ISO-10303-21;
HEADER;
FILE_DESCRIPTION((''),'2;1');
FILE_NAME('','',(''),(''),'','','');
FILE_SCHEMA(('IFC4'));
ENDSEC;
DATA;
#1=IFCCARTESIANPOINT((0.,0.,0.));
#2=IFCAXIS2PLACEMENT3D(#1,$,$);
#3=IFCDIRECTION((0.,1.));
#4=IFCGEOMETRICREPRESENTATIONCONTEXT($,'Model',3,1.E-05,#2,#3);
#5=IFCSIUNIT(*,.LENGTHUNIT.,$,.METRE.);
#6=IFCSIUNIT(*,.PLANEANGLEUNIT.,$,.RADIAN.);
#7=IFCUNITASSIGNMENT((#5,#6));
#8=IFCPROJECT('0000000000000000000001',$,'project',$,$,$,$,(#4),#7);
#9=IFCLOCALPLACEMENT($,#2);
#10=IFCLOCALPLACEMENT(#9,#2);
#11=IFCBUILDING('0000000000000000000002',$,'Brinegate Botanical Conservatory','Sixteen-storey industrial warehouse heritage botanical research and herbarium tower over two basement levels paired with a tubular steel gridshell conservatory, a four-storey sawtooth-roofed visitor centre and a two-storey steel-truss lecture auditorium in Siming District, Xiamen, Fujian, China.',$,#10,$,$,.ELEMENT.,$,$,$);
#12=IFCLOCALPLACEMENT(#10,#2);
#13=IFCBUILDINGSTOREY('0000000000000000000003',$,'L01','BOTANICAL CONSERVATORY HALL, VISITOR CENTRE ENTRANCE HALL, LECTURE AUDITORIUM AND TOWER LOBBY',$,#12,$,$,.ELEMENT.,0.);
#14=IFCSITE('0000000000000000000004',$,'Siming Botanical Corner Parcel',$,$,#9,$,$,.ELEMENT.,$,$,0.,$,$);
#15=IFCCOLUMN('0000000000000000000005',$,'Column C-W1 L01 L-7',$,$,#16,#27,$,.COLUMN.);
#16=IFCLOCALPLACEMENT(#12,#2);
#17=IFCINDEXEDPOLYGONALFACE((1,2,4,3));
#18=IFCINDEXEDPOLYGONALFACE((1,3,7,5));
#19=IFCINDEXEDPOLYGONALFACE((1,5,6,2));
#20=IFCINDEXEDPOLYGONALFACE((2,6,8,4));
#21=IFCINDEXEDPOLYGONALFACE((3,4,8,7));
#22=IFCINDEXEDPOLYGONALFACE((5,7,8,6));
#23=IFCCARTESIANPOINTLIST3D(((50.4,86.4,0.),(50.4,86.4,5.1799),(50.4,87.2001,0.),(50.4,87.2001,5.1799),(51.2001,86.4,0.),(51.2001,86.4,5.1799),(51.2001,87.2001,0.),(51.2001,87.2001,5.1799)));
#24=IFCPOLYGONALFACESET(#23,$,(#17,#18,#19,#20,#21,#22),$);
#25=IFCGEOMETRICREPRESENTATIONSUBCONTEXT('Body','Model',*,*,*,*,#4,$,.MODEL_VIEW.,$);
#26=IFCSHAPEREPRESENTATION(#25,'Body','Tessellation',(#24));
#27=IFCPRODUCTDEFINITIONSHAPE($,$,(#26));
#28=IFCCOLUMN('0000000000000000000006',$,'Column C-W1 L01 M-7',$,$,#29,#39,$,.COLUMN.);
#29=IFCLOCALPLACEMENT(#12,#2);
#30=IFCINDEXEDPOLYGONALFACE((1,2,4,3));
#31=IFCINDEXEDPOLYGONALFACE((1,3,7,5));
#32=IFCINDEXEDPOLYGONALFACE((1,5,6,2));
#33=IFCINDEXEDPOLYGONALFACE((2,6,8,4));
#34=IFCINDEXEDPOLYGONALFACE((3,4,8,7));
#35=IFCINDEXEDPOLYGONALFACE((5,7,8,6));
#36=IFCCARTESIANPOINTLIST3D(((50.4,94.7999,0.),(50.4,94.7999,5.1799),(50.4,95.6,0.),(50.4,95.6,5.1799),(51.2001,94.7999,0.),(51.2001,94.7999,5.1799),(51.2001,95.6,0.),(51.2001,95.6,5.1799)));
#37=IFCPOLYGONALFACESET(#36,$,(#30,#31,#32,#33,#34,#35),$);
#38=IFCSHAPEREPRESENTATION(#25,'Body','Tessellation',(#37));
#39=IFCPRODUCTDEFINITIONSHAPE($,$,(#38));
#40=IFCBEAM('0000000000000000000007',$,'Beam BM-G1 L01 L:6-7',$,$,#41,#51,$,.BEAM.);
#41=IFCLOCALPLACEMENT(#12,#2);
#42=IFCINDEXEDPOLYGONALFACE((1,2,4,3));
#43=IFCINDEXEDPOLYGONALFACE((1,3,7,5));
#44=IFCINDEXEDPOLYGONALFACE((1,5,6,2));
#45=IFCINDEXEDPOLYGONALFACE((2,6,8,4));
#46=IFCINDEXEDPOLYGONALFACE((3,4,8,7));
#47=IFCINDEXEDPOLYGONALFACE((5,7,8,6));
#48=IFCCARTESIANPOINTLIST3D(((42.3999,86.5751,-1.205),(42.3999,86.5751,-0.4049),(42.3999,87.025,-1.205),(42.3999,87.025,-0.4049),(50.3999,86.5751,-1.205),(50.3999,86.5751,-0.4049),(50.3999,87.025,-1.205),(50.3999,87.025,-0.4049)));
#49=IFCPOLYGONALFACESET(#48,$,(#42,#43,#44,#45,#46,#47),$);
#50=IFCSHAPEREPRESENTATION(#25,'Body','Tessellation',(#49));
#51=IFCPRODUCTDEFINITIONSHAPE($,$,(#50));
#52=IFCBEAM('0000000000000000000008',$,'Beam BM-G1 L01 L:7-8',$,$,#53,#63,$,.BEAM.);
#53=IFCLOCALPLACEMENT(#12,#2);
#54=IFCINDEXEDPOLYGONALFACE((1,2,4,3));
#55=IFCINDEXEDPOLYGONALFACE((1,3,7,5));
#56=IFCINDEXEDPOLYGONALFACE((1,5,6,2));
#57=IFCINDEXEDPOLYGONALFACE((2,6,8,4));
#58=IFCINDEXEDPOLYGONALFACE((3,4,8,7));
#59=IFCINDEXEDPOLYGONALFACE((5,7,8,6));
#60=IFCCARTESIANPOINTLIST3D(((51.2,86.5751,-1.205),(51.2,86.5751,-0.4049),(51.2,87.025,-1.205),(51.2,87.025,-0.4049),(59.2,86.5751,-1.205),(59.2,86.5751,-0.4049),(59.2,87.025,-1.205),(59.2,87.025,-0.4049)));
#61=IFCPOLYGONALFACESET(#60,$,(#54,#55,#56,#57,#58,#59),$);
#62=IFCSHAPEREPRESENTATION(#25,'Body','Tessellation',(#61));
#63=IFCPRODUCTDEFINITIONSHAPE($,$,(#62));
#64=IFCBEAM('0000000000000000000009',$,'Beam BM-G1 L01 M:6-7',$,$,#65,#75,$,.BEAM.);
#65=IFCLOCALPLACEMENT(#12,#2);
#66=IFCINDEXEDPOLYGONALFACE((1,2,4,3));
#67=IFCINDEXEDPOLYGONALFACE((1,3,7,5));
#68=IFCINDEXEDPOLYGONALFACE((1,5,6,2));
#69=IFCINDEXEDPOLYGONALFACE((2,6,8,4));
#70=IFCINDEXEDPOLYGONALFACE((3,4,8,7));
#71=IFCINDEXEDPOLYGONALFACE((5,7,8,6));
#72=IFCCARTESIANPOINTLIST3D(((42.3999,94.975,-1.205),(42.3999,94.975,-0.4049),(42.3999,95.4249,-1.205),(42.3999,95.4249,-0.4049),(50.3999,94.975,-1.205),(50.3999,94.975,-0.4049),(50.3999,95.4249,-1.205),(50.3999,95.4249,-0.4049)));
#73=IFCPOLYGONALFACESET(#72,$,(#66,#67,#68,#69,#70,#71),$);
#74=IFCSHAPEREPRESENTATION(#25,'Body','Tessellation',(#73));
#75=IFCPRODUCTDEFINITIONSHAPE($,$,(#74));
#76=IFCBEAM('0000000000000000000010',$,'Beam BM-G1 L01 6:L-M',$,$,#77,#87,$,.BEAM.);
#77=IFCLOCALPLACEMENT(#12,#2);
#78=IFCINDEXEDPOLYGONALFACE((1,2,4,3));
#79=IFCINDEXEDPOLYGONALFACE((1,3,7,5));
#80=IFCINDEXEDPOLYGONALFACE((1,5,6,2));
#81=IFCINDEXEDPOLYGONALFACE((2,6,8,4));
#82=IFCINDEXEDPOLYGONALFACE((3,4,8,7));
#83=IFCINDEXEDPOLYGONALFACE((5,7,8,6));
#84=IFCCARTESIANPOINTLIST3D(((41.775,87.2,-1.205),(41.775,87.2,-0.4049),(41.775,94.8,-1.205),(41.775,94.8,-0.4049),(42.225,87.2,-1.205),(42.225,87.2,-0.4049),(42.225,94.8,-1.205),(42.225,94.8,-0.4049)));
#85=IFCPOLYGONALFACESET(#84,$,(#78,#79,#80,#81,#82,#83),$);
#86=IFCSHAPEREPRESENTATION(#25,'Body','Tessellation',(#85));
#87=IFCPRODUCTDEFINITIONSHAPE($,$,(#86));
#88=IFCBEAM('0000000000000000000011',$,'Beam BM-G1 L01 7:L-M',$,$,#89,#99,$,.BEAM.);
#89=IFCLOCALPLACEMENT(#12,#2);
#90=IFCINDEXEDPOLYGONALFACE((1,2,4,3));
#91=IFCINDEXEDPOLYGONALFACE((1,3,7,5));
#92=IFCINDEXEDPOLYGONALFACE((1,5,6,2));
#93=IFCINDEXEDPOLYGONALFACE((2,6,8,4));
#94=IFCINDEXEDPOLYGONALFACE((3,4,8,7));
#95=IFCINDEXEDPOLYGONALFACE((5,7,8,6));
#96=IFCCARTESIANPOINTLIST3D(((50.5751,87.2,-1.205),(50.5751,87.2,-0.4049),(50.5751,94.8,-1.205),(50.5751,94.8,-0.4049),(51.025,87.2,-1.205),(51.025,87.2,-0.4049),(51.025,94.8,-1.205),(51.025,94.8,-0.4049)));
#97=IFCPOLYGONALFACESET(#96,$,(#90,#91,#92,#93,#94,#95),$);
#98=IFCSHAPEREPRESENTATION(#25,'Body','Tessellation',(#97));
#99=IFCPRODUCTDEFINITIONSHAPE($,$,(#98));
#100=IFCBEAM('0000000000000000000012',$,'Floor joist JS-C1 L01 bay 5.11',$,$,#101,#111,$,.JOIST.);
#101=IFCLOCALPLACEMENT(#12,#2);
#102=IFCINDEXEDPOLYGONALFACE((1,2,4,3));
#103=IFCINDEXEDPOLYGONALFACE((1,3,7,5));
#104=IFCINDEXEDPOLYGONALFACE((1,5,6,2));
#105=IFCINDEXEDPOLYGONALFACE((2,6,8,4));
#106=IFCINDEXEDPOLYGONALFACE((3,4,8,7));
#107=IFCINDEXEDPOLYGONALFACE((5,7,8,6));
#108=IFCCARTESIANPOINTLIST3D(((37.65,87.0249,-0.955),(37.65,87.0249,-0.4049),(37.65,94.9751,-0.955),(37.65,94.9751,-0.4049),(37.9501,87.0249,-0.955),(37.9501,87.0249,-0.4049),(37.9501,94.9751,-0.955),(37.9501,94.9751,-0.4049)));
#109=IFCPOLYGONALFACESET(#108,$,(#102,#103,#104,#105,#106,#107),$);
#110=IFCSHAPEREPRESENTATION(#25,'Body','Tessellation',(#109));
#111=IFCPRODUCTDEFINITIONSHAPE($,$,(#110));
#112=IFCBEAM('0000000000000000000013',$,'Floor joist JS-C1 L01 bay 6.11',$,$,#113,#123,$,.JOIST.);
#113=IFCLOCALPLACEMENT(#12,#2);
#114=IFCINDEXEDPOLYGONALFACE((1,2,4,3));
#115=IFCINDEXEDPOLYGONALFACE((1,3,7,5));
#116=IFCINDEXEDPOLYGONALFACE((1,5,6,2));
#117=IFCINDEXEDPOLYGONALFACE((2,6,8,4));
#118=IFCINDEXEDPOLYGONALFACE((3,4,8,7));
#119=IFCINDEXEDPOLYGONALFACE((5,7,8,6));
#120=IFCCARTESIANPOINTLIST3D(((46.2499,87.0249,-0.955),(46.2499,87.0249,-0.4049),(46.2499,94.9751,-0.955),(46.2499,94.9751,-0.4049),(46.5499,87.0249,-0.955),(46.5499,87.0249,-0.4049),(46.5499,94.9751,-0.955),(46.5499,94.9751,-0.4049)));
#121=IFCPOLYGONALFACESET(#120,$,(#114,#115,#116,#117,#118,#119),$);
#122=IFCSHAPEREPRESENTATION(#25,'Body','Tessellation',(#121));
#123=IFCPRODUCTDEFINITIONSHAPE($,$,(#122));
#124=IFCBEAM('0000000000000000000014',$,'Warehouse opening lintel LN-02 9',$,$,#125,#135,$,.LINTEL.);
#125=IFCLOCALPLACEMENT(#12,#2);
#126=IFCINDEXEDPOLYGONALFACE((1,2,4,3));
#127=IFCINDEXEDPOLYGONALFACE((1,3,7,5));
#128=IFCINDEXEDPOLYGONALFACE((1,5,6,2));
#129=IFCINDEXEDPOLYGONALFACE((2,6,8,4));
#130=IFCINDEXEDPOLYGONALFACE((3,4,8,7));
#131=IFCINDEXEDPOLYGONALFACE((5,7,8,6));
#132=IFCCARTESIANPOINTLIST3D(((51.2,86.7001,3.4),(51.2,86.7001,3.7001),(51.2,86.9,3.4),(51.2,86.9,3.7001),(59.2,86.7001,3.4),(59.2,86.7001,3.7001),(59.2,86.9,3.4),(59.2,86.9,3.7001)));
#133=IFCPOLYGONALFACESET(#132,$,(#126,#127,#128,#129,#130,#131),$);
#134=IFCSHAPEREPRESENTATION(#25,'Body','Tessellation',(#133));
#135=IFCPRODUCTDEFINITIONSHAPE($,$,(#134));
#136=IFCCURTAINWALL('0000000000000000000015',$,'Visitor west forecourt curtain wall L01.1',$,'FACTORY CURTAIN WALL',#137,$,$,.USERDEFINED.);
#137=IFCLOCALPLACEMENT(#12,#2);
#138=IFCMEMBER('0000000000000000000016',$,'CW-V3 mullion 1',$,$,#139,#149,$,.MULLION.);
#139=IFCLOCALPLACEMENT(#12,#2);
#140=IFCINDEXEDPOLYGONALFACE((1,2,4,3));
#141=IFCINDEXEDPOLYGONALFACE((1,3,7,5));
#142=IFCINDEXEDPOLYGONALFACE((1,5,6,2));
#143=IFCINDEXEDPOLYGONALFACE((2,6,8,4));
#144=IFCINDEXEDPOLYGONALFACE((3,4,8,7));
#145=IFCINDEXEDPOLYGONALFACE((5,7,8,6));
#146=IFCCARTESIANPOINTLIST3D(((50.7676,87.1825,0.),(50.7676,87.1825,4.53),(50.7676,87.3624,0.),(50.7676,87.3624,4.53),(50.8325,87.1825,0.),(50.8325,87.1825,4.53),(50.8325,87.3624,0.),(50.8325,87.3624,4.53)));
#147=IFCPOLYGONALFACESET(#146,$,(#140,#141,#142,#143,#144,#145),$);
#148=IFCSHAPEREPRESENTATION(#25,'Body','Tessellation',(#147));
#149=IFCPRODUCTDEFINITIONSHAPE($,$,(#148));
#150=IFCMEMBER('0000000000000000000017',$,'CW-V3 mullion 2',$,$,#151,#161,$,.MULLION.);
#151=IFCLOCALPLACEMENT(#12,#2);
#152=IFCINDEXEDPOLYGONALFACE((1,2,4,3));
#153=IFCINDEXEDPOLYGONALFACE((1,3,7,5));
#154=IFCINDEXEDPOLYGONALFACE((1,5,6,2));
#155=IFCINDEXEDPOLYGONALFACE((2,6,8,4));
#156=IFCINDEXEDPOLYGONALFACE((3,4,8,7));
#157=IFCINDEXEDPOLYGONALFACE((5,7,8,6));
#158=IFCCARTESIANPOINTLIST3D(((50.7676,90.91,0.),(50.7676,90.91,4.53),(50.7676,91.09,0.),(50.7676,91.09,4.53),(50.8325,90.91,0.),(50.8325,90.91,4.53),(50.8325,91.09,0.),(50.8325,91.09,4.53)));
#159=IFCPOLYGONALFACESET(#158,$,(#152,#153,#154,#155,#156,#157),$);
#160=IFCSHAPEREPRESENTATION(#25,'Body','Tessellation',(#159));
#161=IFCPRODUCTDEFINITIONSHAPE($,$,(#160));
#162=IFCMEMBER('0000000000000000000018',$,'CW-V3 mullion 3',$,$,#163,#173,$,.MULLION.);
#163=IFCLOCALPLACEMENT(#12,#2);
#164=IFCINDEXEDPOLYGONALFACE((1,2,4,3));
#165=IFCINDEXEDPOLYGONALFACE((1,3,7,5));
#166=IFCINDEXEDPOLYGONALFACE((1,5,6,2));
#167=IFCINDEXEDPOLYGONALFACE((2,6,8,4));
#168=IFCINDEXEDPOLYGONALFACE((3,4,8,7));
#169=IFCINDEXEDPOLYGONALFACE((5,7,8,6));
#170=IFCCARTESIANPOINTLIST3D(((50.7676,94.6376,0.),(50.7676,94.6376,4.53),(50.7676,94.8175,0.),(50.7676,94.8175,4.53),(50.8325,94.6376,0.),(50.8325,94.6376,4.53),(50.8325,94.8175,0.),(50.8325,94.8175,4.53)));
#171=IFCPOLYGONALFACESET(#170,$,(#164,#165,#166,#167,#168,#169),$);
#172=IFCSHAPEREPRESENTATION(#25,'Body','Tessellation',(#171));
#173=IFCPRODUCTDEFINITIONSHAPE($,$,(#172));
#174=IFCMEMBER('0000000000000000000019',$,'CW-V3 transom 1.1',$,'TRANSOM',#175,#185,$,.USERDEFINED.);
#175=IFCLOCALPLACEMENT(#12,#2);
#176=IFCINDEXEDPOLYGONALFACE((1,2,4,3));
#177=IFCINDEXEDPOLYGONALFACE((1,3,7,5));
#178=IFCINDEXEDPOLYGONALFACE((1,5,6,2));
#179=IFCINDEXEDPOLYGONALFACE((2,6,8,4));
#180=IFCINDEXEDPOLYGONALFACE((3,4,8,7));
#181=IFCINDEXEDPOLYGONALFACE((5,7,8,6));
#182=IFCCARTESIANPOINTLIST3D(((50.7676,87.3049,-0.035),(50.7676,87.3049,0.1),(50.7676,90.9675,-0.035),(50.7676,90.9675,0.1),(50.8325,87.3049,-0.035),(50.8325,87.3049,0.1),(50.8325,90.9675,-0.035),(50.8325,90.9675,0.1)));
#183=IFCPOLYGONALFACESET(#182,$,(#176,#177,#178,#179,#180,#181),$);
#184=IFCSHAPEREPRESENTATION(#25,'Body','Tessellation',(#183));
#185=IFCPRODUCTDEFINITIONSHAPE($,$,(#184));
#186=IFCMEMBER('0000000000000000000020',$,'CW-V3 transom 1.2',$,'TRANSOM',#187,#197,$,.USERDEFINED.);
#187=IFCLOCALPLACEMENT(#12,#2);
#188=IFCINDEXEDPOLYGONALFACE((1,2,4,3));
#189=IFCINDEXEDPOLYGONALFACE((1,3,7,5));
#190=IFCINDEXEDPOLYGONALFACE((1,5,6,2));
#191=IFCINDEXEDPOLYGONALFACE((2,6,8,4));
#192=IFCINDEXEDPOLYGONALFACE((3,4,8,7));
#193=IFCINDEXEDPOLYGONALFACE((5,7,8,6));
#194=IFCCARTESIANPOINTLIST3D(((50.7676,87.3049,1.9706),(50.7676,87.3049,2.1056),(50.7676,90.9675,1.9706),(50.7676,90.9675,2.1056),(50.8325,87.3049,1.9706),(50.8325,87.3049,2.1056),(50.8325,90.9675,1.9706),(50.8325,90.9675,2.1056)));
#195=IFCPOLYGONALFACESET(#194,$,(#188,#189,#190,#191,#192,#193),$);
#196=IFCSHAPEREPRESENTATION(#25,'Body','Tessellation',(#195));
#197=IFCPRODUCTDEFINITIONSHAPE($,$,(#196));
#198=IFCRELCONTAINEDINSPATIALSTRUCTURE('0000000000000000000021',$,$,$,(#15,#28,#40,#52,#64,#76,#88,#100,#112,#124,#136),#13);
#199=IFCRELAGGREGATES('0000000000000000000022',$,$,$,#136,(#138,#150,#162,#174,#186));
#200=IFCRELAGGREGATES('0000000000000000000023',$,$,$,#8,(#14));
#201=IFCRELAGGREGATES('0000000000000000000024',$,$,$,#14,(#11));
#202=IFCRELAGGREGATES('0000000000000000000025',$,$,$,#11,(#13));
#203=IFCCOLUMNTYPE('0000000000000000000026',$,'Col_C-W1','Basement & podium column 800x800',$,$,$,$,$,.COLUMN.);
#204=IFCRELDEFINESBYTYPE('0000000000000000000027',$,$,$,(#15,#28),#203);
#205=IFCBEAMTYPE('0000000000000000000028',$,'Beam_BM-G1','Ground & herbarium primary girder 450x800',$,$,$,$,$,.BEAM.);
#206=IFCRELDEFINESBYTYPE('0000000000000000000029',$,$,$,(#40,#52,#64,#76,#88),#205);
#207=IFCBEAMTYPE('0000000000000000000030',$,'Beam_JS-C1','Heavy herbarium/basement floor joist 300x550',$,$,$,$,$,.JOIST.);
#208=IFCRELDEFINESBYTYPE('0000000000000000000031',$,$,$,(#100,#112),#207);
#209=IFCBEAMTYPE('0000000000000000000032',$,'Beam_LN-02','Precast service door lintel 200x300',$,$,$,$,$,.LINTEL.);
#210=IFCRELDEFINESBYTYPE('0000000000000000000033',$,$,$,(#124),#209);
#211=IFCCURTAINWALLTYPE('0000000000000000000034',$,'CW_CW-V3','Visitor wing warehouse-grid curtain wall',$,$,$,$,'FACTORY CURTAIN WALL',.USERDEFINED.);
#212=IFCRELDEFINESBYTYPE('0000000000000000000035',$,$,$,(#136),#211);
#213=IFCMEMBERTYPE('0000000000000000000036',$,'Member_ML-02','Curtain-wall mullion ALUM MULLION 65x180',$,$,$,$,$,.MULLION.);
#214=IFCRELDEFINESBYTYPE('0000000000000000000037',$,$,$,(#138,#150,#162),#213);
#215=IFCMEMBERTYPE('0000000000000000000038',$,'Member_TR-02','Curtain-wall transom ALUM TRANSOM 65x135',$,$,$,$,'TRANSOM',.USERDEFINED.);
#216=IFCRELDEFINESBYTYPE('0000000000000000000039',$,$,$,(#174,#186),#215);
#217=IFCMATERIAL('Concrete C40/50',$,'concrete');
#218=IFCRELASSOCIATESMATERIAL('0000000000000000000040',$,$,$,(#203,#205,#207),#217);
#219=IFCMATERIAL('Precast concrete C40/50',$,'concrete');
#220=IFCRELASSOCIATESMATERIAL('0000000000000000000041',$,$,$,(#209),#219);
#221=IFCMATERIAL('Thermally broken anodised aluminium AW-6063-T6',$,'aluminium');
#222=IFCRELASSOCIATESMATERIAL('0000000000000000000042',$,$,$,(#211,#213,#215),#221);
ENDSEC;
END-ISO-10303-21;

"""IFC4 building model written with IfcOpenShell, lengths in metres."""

from ifc_helpers import new_model, si_unit, direction, frame, origin, origin_2d, place, context, subcontext, project, spatial, rectangle, extrude, material, material_profile, profile_set, type_object, element, aggregate, save


model = new_model("IFC4")

# Units and contexts
model_context = context("Model", 3, precision=1e-05, world=origin(), true_north=direction((0.0, 1.0)))
body_context = subcontext(model_context, "Body", "Model", "MODEL_VIEW")
ifc_project = project(units=[si_unit("LENGTHUNIT", "METRE"), si_unit("PLANEANGLEUNIT", "RADIAN")], contexts=[model_context])

# Site, building, storey
site_placement = place(None, origin())
site = spatial("IfcSite", under=ifc_project, at=site_placement, Name="Siming Botanical Corner Parcel", CompositionType="ELEMENT", RefElevation=0.0)
building_placement = place(site_placement, origin())
building = spatial("IfcBuilding", under=site, at=building_placement, Name="Brinegate Botanical Conservatory", Description="Sixteen-storey industrial warehouse heritage botanical research and herbarium tower over two basement levels paired with a tubular steel gridshell conservatory, a four-storey sawtooth-roofed visitor centre and a two-storey steel-truss lecture auditorium in Siming District, Xiamen, Fujian, China.", CompositionType="ELEMENT")
storey_placement = place(building_placement, origin())
storey = spatial("IfcBuildingStorey", under=building, at=storey_placement, Name="L01", Description="BOTANICAL CONSERVATORY HALL, VISITOR CENTRE ENTRANCE HALL, LECTURE AUDITORIUM AND TOWER LOBBY", CompositionType="ELEMENT", Elevation=0.0)

# Columns
ifc_material_1 = material(Name="Concrete C40/50", Category="concrete")
ifc_material_profile_1 = material_profile(ifc_material_1, rectangle(XDim=0.8, YDim=0.8, at=origin_2d()), Name="RC COL 800x800")
ifc_profile_set_1 = profile_set([ifc_material_profile_1], Name="Concrete C40/50")
column_type = type_object("IfcColumnType", Name="Col_C-W1", Description="Basement & podium column 800x800", PredefinedType="COLUMN", material=ifc_profile_set_1)
for number, where, z_axis, x_axis, name in (
    (1, (50.8, 86.8, 0.0), (0.0, 0.0, 1.0), (1.0, 0.0, 0.0), "Column C-W1 L01 L-7"),
    (2, (50.8, 95.2, 0.0), (0.0, 0.0, 1.0), (1.0, 0.0, 0.0), "Column C-W1 L01 M-7"),
):
    element("IfcColumn", number, at=place(storey_placement, frame(where, z_axis=z_axis, x_axis=x_axis)), inside=storey, type_object=column_type, Name=name, PredefinedType="COLUMN", context=body_context, shape_type="SweptSolid", body=[
        extrude(rectangle(XDim=0.8, YDim=0.8, at=origin_2d()), origin(), (0.0, 0.0, 1.0), 5.1799),
    ])

# Beams
ifc_material_profile_2 = material_profile(ifc_material_1, rectangle(XDim=0.45, YDim=0.8, at=origin_2d()), Name="RC BM 450x800")
ifc_profile_set_2 = profile_set([ifc_material_profile_2], Name="Concrete C40/50")
beam_type_1 = type_object("IfcBeamType", Name="Beam_BM-G1", Description="Ground & herbarium primary girder 450x800", PredefinedType="BEAM", material=ifc_profile_set_2)
for number, where, z_axis, x_axis, name in (
    (3, (42.3999, 86.8, -0.8049), (1.0, 0.0, 0.0), (0.0, 1.0, 0.0), "Beam BM-G1 L01 L:6-7"),
    (4, (51.2, 86.8, -0.8049), (1.0, 0.0, 0.0), (0.0, 1.0, 0.0), "Beam BM-G1 L01 L:7-8"),
    (5, (42.3999, 95.2, -0.8049), (1.0, 0.0, 0.0), (0.0, 1.0, 0.0), "Beam BM-G1 L01 M:6-7"),
):
    element("IfcBeam", number, at=place(storey_placement, frame(where, z_axis=z_axis, x_axis=x_axis)), inside=storey, type_object=beam_type_1, Name=name, PredefinedType="BEAM", context=body_context, shape_type="SweptSolid", body=[
        extrude(rectangle(XDim=0.45, YDim=0.8, at=origin_2d()), origin(), (0.0, 0.0, 1.0), 8.0),
    ])
for number, where, z_axis, x_axis, name in (
    (6, (42.0, 87.2, -0.8049), (0.0, 1.0, 0.0), (-1.0, 0.0, 0.0), "Beam BM-G1 L01 6:L-M"),
    (7, (50.8, 87.2, -0.8049), (0.0, 1.0, 0.0), (-1.0, 0.0, 0.0), "Beam BM-G1 L01 7:L-M"),
):
    element("IfcBeam", number, at=place(storey_placement, frame(where, z_axis=z_axis, x_axis=x_axis)), inside=storey, type_object=beam_type_1, Name=name, PredefinedType="BEAM", context=body_context, shape_type="SweptSolid", body=[
        extrude(rectangle(XDim=0.45, YDim=0.8, at=origin_2d()), origin(), (0.0, 0.0, 1.0), 7.6001),
    ])
ifc_material_profile_3 = material_profile(ifc_material_1, rectangle(XDim=0.3, YDim=0.55, at=origin_2d()), Name="RC JST 300x550")
ifc_profile_set_3 = profile_set([ifc_material_profile_3], Name="Concrete C40/50")
beam_type_2 = type_object("IfcBeamType", Name="Beam_JS-C1", Description="Heavy herbarium/basement floor joist 300x550", PredefinedType="JOIST", material=ifc_profile_set_3)
for number, where, z_axis, x_axis, name in (
    (8, (37.8, 87.0249, -0.6799), (0.0, 1.0, 0.0), (-1.0, 0.0, 0.0), "Floor joist JS-C1 L01 bay 5.11"),
    (9, (46.3999, 87.0249, -0.6799), (0.0, 1.0, 0.0), (-1.0, 0.0, 0.0), "Floor joist JS-C1 L01 bay 6.11"),
):
    element("IfcBeam", number, at=place(storey_placement, frame(where, z_axis=z_axis, x_axis=x_axis)), inside=storey, type_object=beam_type_2, Name=name, PredefinedType="JOIST", context=body_context, shape_type="SweptSolid", body=[
        extrude(rectangle(XDim=0.3, YDim=0.55, at=origin_2d()), origin(), (0.0, 0.0, 1.0), 7.9502),
    ])
ifc_material_2 = material(Name="Precast concrete C40/50", Category="concrete")
ifc_material_profile_4 = material_profile(ifc_material_2, rectangle(XDim=0.2, YDim=0.3, at=origin_2d()), Name="RC LNT 200x300")
ifc_profile_set_4 = profile_set([ifc_material_profile_4], Name="Precast concrete C40/50")
beam_type_3 = type_object("IfcBeamType", Name="Beam_LN-02", Description="Precast service door lintel 200x300", PredefinedType="LINTEL", material=ifc_profile_set_4)
beam_placement = place(storey_placement, frame((51.2, 86.8, 3.55), z_axis=(1.0, 0.0, 0.0), x_axis=(0.0, 1.0, 0.0)))
element("IfcBeam", 10, at=beam_placement, inside=storey, type_object=beam_type_3, Name="Warehouse opening lintel LN-02 9", PredefinedType="LINTEL", context=body_context, shape_type="SweptSolid", body=[
    extrude(rectangle(XDim=0.2, YDim=0.3, at=origin_2d()), origin(), (0.0, 0.0, 1.0), 8.0),
])

# Curtain wall, members
ifc_material_3 = material(Name="Thermally broken anodised aluminium AW-6063-T6", Category="aluminium")
curtain_wall_type = type_object("IfcCurtainWallType", Name="CW_CW-V3", Description="Visitor wing warehouse-grid curtain wall", ElementType="FACTORY CURTAIN WALL", PredefinedType="USERDEFINED", material=ifc_material_3)
curtain_wall_placement = place(storey_placement, origin())
curtain_wall = element("IfcCurtainWall", 11, at=curtain_wall_placement, inside=storey, type_object=curtain_wall_type, Name="Visitor west forecourt curtain wall L01.1", ObjectType="FACTORY CURTAIN WALL", PredefinedType="USERDEFINED")
ifc_material_profile_5 = material_profile(ifc_material_3, rectangle(XDim=0.0649, YDim=0.1799, at=origin_2d()), Name="ALUM MULLION 65x180")
ifc_profile_set_5 = profile_set([ifc_material_profile_5], Name="Thermally broken anodised aluminium AW-6063-T6")
member_type_1 = type_object("IfcMemberType", Name="Member_ML-02", Description="Curtain-wall mullion ALUM MULLION 65x180", PredefinedType="MULLION", material=ifc_profile_set_5)
member_1_placement = place(storey_placement, frame((50.8, 87.2725, 0.0), z_axis=(0.0, 0.0, 1.0), x_axis=(-1.0, 0.0, 0.0)))
member_1 = element("IfcMember", 12, at=member_1_placement, type_object=member_type_1, Name="CW-V3 mullion 1", PredefinedType="MULLION", context=body_context, shape_type="SweptSolid", body=[
    extrude(rectangle(XDim=0.0649, YDim=0.1799, at=origin_2d()), origin(), (0.0, 0.0, 1.0), 4.53),
])
member_2_placement = place(storey_placement, frame((50.8, 91.0, 0.0), z_axis=(0.0, 0.0, 1.0), x_axis=(-1.0, 0.0, 0.0)))
member_2 = element("IfcMember", 13, at=member_2_placement, type_object=member_type_1, Name="CW-V3 mullion 2", PredefinedType="MULLION", context=body_context, shape_type="SweptSolid", body=[
    extrude(rectangle(XDim=0.0649, YDim=0.1799, at=origin_2d()), origin(), (0.0, 0.0, 1.0), 4.53),
])
member_3_placement = place(storey_placement, frame((50.8, 94.7275, 0.0), z_axis=(0.0, 0.0, 1.0), x_axis=(-1.0, 0.0, 0.0)))
member_3 = element("IfcMember", 14, at=member_3_placement, type_object=member_type_1, Name="CW-V3 mullion 3", PredefinedType="MULLION", context=body_context, shape_type="SweptSolid", body=[
    extrude(rectangle(XDim=0.0649, YDim=0.1799, at=origin_2d()), origin(), (0.0, 0.0, 1.0), 4.53),
])
ifc_material_profile_6 = material_profile(ifc_material_3, rectangle(XDim=0.0649, YDim=0.135, at=origin_2d()), Name="ALUM TRANSOM 65x135")
ifc_profile_set_6 = profile_set([ifc_material_profile_6], Name="Thermally broken anodised aluminium AW-6063-T6")
member_type_2 = type_object("IfcMemberType", Name="Member_TR-02", Description="Curtain-wall transom ALUM TRANSOM 65x135", ElementType="TRANSOM", PredefinedType="USERDEFINED", material=ifc_profile_set_6)
member_4_placement = place(storey_placement, frame((50.8, 87.3049, 0.0325), z_axis=(0.0, 1.0, 0.0), x_axis=(-1.0, 0.0, 0.0)))
member_4 = element("IfcMember", 15, at=member_4_placement, type_object=member_type_2, Name="CW-V3 transom 1.1", ObjectType="TRANSOM", PredefinedType="USERDEFINED", context=body_context, shape_type="SweptSolid", body=[
    extrude(rectangle(XDim=0.0649, YDim=0.135, at=origin_2d()), origin(), (0.0, 0.0, 1.0), 3.6626),
])
member_5_placement = place(storey_placement, frame((50.8, 87.3049, 2.0381), z_axis=(0.0, 1.0, 0.0), x_axis=(-1.0, 0.0, 0.0)))
member_5 = element("IfcMember", 16, at=member_5_placement, type_object=member_type_2, Name="CW-V3 transom 1.2", ObjectType="TRANSOM", PredefinedType="USERDEFINED", context=body_context, shape_type="SweptSolid", body=[
    extrude(rectangle(XDim=0.0649, YDim=0.135, at=origin_2d()), origin(), (0.0, 0.0, 1.0), 3.6626),
])
aggregate(curtain_wall, [member_1, member_2, member_3, member_4, member_5])

save(model, "model.ifc")
